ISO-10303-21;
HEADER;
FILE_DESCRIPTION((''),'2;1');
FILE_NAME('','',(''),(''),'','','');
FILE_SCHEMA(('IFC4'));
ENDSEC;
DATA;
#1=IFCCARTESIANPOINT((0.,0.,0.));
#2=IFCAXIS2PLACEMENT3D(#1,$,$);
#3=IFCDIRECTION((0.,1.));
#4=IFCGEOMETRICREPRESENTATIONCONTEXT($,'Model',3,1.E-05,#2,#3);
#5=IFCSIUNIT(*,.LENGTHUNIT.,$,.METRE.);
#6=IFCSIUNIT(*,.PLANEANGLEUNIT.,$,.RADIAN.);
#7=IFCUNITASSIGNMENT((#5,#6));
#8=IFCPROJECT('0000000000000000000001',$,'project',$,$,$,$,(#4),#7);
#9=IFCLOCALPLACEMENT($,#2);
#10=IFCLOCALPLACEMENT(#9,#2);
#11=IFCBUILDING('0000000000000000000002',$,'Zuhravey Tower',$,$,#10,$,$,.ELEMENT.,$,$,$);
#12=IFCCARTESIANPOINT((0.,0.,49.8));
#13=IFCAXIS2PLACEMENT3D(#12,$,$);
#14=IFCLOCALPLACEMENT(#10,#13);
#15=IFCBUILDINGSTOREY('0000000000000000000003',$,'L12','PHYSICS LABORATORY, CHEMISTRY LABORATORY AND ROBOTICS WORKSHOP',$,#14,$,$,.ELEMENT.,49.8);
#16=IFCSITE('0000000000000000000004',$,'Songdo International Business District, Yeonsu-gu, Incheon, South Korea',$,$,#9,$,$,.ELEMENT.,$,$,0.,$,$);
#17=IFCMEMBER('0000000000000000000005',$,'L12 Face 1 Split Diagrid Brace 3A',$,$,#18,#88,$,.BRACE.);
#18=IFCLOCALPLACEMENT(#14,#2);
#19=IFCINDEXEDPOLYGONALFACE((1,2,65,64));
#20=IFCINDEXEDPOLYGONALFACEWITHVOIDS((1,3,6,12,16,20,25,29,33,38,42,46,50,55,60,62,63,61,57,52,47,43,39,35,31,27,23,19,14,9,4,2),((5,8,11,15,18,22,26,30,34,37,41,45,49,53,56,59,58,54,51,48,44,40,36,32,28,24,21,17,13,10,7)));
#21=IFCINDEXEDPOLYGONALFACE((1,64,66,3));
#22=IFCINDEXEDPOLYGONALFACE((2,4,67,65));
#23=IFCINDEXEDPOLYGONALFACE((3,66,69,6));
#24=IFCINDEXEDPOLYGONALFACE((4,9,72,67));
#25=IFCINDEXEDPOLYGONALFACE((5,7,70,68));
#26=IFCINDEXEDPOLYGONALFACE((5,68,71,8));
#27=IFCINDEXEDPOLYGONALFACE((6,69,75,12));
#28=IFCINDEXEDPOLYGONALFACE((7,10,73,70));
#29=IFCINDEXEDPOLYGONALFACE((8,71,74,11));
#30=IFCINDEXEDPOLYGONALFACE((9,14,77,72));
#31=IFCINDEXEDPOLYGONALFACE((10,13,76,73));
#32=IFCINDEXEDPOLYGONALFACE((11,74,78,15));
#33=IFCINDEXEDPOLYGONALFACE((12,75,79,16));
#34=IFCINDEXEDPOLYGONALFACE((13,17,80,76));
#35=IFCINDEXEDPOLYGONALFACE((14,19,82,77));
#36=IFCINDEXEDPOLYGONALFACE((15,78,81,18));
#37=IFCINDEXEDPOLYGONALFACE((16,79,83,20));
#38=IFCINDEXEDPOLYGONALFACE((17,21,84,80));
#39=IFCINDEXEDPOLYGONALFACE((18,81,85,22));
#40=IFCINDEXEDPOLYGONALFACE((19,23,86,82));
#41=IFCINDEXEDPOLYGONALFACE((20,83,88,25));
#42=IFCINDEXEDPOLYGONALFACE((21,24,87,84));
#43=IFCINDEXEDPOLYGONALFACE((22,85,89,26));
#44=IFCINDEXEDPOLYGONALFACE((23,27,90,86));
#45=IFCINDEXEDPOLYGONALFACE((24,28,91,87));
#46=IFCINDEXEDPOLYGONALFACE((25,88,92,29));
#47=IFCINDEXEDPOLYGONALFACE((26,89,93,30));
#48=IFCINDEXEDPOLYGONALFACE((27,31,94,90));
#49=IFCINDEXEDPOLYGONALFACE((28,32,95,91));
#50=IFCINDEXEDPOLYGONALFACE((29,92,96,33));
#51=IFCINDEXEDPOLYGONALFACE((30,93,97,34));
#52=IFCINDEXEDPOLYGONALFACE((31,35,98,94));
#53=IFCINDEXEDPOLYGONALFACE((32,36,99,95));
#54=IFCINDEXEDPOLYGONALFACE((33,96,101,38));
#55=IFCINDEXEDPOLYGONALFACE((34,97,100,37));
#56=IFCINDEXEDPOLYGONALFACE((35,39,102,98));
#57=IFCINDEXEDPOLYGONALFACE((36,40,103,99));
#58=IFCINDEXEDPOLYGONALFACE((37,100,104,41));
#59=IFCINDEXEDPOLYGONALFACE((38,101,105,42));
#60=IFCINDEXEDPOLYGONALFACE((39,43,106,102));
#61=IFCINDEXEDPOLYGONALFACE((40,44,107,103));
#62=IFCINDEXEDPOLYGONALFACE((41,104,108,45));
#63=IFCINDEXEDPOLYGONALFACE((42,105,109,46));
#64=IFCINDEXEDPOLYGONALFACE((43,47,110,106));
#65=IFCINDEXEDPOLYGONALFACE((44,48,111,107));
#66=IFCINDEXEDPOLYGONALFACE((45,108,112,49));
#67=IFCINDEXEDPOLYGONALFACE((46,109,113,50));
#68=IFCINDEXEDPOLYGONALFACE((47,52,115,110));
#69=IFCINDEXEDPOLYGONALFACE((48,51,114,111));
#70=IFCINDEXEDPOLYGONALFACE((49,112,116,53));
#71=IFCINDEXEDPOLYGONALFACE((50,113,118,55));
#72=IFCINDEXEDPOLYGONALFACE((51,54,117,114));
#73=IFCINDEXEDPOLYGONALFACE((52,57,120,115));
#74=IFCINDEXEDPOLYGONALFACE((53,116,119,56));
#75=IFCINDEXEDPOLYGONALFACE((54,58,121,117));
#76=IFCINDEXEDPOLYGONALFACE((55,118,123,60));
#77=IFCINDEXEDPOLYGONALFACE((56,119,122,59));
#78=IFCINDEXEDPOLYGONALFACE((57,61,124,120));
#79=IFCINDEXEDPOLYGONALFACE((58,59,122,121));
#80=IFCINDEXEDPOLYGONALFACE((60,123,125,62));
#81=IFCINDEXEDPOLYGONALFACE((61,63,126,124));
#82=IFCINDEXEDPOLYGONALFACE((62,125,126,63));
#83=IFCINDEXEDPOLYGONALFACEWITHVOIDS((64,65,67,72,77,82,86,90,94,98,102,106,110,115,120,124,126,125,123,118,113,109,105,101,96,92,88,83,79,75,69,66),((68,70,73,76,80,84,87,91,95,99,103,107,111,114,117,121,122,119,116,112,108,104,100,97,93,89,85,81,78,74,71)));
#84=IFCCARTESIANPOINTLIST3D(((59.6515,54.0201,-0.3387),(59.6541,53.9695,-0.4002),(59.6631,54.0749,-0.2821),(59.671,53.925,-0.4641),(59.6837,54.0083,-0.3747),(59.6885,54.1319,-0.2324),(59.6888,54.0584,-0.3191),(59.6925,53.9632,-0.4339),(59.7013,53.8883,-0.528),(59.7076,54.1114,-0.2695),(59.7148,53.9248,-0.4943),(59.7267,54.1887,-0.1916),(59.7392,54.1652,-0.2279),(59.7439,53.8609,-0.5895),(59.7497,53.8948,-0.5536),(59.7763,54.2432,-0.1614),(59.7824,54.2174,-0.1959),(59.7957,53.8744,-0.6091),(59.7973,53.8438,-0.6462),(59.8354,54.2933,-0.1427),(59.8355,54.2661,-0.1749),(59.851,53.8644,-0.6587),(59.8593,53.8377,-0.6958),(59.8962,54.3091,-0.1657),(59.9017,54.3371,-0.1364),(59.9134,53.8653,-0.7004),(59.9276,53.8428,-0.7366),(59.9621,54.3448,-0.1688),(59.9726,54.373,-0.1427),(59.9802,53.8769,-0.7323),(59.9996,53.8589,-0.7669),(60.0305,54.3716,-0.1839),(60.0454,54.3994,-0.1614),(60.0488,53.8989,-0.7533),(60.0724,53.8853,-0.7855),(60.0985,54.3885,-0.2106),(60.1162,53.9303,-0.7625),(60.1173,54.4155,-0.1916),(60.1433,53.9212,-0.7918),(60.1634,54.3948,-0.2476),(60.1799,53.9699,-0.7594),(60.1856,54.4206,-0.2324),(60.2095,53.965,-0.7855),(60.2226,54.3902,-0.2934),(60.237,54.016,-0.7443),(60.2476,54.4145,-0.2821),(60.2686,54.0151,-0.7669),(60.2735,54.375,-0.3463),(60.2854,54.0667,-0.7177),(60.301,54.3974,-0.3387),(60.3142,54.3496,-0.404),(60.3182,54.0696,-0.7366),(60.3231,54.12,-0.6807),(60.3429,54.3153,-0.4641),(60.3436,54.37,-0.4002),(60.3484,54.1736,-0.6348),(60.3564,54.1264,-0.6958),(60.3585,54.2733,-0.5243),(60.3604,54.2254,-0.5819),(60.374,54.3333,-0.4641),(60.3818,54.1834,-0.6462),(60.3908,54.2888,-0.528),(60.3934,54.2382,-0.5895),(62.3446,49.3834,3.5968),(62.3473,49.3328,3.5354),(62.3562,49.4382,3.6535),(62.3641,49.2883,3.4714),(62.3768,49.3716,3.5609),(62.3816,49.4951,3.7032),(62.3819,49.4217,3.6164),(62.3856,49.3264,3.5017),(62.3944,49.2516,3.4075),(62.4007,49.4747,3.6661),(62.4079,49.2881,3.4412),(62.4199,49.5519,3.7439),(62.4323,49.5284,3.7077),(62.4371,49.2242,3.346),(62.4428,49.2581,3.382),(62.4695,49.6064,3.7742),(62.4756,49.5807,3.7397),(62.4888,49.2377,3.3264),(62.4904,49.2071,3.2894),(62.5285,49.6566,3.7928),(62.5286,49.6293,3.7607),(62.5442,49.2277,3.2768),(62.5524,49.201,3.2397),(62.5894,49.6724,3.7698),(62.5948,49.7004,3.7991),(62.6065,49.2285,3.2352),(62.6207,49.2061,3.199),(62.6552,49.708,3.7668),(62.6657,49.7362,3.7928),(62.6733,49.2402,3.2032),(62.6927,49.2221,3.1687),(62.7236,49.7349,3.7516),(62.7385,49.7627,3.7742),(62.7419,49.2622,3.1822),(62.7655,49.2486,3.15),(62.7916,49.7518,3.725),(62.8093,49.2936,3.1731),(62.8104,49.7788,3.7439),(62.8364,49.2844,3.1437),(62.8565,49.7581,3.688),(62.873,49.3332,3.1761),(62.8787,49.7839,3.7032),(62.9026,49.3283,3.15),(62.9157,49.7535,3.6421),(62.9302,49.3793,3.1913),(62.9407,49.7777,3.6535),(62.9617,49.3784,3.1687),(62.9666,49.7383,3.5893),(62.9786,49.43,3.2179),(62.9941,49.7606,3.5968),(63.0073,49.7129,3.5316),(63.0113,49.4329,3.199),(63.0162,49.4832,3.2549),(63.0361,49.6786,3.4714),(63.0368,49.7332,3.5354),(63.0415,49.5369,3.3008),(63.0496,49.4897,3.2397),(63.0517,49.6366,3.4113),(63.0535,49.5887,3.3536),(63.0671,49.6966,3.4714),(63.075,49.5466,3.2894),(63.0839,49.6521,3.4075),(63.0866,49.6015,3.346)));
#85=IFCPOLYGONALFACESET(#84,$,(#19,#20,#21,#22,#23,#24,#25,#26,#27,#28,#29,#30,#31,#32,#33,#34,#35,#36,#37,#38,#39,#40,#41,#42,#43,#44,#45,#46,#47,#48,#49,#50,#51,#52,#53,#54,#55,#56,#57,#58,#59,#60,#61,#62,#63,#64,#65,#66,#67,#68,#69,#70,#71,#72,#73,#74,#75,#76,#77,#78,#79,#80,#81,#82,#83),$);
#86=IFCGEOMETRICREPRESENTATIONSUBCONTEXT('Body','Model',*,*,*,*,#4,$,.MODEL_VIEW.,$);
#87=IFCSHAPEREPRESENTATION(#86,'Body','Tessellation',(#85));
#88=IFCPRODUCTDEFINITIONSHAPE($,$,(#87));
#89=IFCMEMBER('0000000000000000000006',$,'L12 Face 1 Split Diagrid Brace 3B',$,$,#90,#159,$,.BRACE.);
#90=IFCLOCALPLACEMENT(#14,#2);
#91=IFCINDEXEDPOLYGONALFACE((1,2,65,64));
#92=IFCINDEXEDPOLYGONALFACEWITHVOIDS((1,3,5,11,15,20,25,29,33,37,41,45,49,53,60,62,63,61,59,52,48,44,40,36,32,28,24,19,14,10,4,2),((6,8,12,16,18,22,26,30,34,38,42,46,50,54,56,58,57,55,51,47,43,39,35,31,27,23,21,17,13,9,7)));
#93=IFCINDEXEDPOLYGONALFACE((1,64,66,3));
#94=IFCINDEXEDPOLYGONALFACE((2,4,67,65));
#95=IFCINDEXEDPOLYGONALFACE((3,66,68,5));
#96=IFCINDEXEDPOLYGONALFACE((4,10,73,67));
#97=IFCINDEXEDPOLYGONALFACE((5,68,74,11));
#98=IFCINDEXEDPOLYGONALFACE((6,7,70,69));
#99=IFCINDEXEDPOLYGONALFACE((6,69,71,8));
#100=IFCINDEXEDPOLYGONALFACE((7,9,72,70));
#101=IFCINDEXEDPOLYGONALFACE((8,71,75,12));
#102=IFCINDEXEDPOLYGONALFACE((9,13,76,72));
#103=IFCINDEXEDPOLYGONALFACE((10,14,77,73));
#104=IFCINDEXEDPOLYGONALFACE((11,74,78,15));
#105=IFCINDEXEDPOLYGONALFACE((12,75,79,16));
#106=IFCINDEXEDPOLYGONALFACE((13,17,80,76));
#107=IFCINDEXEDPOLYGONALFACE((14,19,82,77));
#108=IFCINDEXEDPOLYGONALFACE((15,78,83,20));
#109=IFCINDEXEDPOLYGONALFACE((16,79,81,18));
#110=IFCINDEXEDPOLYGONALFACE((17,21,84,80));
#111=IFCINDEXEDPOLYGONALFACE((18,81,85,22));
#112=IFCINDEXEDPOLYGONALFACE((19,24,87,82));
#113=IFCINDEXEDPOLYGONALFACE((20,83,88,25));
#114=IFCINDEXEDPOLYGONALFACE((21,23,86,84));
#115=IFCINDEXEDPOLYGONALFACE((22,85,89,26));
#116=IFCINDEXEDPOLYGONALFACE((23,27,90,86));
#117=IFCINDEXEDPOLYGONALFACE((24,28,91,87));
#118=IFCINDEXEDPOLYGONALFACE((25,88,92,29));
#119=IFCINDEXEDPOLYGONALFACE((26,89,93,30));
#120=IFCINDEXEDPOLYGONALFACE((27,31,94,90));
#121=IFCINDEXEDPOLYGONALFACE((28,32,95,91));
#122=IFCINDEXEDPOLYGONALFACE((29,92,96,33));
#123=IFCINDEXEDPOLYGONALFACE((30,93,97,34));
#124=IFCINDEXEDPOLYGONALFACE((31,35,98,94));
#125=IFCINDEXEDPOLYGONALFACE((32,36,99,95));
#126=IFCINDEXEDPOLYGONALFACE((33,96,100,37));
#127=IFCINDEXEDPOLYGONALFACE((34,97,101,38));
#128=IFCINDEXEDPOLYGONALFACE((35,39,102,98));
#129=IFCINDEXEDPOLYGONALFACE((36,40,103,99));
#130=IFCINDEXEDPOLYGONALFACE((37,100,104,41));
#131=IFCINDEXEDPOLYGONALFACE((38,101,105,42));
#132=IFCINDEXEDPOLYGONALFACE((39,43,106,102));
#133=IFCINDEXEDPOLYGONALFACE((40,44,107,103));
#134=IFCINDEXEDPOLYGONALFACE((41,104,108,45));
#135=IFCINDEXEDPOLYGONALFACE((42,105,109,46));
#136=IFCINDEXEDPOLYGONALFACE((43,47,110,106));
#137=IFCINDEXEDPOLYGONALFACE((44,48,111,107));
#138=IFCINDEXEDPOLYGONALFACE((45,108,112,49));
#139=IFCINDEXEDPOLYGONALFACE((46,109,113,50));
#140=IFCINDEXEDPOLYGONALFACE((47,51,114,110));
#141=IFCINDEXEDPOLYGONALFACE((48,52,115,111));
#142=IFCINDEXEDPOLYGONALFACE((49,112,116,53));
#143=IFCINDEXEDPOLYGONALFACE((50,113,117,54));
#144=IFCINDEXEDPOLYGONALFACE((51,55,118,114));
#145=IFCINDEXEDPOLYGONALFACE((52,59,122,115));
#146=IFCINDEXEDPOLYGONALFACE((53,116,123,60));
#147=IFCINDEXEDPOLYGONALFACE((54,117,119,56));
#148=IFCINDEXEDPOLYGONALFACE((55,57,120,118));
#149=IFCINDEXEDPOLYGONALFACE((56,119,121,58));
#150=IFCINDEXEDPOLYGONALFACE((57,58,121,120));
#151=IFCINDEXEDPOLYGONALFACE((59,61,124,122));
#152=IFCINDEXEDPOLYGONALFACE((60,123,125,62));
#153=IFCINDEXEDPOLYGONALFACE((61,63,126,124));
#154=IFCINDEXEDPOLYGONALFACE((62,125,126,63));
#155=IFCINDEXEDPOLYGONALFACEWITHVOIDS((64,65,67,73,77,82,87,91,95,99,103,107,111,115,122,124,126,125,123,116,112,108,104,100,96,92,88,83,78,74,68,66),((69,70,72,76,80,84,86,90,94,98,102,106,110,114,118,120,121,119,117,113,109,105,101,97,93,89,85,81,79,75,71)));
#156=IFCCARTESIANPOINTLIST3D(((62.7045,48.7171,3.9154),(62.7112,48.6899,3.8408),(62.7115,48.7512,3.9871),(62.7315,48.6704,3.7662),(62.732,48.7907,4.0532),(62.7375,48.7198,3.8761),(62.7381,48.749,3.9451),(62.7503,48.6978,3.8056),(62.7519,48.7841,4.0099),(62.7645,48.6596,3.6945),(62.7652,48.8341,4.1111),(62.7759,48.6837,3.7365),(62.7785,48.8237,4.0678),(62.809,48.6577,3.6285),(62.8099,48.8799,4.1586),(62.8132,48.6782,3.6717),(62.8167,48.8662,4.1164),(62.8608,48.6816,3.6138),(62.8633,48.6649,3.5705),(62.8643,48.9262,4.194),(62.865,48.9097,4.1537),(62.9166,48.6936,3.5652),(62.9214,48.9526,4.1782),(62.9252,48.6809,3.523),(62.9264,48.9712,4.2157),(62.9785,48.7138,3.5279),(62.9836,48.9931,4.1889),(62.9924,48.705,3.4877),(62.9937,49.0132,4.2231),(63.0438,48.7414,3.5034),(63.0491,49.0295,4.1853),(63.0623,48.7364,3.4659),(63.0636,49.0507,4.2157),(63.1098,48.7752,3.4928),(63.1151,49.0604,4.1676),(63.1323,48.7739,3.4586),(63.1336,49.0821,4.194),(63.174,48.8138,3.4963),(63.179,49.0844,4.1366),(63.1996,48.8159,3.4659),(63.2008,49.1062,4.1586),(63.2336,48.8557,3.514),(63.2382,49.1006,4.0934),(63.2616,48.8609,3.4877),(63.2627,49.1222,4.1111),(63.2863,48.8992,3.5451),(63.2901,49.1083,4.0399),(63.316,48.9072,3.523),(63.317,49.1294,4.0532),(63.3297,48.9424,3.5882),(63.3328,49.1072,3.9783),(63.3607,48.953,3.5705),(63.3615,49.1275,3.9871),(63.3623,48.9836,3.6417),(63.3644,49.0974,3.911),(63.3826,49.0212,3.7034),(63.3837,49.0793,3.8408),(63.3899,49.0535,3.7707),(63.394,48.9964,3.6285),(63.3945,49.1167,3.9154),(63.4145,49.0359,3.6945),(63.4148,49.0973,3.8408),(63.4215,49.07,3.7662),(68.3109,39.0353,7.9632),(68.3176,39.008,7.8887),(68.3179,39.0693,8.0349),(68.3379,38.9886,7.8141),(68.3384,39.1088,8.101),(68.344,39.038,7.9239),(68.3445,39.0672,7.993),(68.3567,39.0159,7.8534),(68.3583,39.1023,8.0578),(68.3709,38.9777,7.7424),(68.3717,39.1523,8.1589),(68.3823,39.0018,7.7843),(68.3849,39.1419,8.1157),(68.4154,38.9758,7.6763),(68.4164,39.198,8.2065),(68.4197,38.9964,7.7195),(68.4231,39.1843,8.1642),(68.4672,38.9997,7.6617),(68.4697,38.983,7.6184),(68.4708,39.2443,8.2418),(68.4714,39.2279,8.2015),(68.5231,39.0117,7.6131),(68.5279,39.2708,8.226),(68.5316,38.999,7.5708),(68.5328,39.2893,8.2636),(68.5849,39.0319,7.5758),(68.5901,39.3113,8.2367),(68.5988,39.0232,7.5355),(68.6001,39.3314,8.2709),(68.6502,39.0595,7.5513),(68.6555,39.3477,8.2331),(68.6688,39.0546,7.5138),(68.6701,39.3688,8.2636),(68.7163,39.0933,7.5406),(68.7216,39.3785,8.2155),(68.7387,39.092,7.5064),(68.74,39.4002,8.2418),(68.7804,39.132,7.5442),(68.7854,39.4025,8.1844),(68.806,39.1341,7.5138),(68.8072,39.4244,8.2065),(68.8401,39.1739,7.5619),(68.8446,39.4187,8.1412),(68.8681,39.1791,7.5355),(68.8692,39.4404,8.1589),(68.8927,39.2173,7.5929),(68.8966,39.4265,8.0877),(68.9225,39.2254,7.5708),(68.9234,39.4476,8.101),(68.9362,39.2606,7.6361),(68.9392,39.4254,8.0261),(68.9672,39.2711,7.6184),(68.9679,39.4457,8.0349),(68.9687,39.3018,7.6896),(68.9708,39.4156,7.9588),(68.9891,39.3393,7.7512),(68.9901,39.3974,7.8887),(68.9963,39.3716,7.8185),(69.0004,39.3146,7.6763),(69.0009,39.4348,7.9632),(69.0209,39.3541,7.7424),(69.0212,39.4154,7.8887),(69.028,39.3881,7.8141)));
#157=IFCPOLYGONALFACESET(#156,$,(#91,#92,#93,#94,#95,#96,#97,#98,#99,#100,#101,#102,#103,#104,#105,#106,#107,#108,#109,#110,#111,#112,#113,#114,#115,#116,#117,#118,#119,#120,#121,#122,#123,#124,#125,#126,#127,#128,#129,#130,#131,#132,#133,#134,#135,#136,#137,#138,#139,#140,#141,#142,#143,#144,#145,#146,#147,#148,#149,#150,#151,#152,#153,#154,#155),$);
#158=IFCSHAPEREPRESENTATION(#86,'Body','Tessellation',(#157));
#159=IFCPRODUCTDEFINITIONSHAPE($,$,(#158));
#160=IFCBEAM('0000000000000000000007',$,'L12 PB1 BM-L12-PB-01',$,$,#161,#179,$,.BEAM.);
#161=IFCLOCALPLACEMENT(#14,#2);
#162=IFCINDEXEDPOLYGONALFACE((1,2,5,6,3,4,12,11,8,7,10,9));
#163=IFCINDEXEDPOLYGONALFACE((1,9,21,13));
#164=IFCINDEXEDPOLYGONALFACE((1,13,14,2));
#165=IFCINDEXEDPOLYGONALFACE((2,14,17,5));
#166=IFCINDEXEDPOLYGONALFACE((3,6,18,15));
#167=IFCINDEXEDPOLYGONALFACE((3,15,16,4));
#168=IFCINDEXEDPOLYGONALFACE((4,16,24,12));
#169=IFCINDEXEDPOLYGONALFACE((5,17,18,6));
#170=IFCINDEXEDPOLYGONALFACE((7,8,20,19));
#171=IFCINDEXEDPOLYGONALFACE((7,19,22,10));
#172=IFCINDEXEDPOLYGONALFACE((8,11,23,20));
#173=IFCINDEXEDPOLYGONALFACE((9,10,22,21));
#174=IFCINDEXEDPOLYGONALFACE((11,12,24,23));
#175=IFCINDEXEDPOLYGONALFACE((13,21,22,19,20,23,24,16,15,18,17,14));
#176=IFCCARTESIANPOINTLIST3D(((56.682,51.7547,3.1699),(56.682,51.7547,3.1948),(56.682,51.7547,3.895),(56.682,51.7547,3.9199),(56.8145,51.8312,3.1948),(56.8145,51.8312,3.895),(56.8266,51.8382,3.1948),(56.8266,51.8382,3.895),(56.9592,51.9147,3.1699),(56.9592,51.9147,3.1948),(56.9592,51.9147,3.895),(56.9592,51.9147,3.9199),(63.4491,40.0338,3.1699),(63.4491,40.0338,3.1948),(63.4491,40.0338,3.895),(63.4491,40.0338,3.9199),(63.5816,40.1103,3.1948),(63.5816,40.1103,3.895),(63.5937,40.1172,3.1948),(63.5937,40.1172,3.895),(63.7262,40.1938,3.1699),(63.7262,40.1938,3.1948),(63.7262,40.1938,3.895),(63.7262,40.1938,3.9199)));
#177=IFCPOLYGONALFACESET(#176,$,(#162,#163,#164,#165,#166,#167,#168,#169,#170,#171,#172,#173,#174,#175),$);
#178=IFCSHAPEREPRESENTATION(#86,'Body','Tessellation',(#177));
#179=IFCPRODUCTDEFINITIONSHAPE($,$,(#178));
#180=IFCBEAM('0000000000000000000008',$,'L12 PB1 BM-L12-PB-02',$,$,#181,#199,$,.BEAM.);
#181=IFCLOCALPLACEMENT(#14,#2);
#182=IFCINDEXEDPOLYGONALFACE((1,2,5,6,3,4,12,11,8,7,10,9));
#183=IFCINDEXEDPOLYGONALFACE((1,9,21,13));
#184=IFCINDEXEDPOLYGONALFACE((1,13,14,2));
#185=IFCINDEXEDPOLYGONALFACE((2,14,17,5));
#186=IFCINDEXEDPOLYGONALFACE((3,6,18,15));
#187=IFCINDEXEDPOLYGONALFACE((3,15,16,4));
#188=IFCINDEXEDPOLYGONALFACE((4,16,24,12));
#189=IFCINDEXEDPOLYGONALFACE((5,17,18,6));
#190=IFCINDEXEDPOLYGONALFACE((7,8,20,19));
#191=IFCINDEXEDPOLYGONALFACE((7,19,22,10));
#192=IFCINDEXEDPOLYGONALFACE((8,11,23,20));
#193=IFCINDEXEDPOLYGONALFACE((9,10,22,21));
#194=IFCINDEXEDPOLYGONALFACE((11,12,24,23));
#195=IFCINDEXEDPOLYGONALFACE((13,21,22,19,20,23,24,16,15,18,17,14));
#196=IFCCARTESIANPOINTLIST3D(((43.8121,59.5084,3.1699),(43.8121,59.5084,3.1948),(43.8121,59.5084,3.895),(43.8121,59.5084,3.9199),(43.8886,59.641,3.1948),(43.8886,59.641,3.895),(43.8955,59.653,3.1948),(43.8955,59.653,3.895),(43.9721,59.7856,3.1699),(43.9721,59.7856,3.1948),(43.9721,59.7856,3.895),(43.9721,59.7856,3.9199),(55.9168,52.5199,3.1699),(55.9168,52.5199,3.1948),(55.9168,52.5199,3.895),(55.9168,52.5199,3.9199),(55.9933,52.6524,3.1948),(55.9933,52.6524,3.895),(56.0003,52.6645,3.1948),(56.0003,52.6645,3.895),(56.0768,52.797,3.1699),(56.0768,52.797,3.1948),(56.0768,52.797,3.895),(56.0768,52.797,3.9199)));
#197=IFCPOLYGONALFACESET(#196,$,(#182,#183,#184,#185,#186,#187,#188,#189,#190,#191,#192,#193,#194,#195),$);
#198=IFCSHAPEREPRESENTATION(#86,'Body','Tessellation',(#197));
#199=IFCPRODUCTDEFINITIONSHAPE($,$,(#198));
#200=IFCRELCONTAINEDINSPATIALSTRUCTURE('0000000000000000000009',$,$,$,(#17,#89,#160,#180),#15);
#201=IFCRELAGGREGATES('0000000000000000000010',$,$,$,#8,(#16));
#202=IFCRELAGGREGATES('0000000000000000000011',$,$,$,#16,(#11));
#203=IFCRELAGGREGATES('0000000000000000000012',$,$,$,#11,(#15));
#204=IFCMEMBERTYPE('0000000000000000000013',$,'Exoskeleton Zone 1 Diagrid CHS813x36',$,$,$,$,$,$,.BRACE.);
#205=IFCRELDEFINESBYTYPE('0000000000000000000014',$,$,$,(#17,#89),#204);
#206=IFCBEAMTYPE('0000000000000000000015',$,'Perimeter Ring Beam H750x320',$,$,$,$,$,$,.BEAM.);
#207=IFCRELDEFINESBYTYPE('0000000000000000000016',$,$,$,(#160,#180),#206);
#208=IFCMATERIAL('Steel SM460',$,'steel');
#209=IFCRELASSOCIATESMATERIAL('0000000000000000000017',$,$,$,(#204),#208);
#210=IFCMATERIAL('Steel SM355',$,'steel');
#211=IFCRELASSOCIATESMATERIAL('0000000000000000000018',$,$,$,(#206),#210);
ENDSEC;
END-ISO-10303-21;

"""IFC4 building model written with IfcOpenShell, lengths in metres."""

from ifc_helpers import new_model, si_unit, direction, frame, origin, origin_2d, place, context, subcontext, project, spatial, hollow_circle, i_section, extrude, material, material_profile, profile_set, type_object, element, save


model = new_model("IFC4")

# Units and contexts
model_context = context("Model", 3, precision=1e-05, world=origin(), true_north=direction((0.0, 1.0)))
body_context = subcontext(model_context, "Body", "Model", "MODEL_VIEW")
ifc_project = project(units=[si_unit("LENGTHUNIT", "METRE"), si_unit("PLANEANGLEUNIT", "RADIAN")], contexts=[model_context])

# Site, building, storey
site_placement = place(None, origin())
site = spatial("IfcSite", under=ifc_project, at=site_placement, Name="Songdo International Business District, Yeonsu-gu, Incheon, South Korea", CompositionType="ELEMENT", RefElevation=0.0)
building_placement = place(site_placement, origin())
building = spatial("IfcBuilding", under=site, at=building_placement, Name="Zuhravey Tower", CompositionType="ELEMENT")
storey_placement = place(building_placement, frame((0.0, 0.0, 49.8)))
storey = spatial("IfcBuildingStorey", under=building, at=storey_placement, Name="L12", Description="PHYSICS LABORATORY, CHEMISTRY LABORATORY AND ROBOTICS WORKSHOP", CompositionType="ELEMENT", Elevation=49.8)

# Members
ifc_material_1 = material(Name="Steel SM355", Category="steel")
ifc_material_2 = material(Name="Steel SM460", Category="steel")
ifc_material_profile_1 = material_profile(ifc_material_2, hollow_circle(Radius=0.4065, WallThickness=0.0359, at=origin_2d()), Name="CHS-812.8x36")
ifc_profile_set_1 = profile_set([ifc_material_profile_1], Name="Steel SM460")
member_type_1 = type_object("IfcMemberType", Name="Exoskeleton Zone 1 Diagrid CHS813x36", PredefinedType="BRACE", material=ifc_profile_set_1)
member_1_placement = place(storey_placement, frame((60.0225, 54.1292, -0.4641), z_axis=(0.404897, -0.697109, 0.591691), x_axis=(0.864722, 0.502251, 0.0)))
element("IfcMember", 1, at=member_1_placement, inside=storey, type_object=member_type_1, Name="L12 Face 1 Split Diagrid Brace 3A", PredefinedType="BRACE", context=body_context, shape_type="SweptSolid", body=[
    extrude(hollow_circle(Radius=0.4065, WallThickness=0.0359, at=origin_2d()), origin(), (0.0, 0.0, 1.0), 6.6514),
])
member_2_placement = place(storey_placement, frame((63.063, 48.8936, 3.8408), z_axis=(0.471219, -0.813758, 0.34022), x_axis=(0.865382, 0.501113, 0.0)))
element("IfcMember", 2, at=member_2_placement, inside=storey, type_object=member_type_1, Name="L12 Face 1 Split Diagrid Brace 3B", PredefinedType="BRACE", context=body_context, shape_type="SweptSolid", body=[
    extrude(hollow_circle(Radius=0.4065, WallThickness=0.0359, at=origin_2d()), origin(), (0.0, 0.0, 1.0), 11.8977),
])

# Beams
ifc_material_profile_2 = material_profile(ifc_material_1, i_section(OverallWidth=0.3201, OverallDepth=0.75, WebThickness=0.0139, FlangeThickness=0.0249, at=origin_2d()), Name="H-750x320x14x25")
ifc_profile_set_2 = profile_set([ifc_material_profile_2], Name="Steel SM355")
beam_type_1 = type_object("IfcBeamType", Name="Perimeter Ring Beam H750x320", PredefinedType="BEAM", material=ifc_profile_set_2)
beam_1_placement = place(storey_placement, frame((63.5876, 40.1138, 3.5449), z_axis=(-0.5, 0.866025, 0.0), x_axis=(-0.866025, -0.5, 0.0)))
element("IfcBeam", 3, at=beam_1_placement, inside=storey, type_object=beam_type_1, Name="L12 PB1 BM-L12-PB-01", PredefinedType="BEAM", context=body_context, shape_type="SweptSolid", body=[
    extrude(i_section(OverallWidth=0.3201, OverallDepth=0.75, WebThickness=0.0139, FlangeThickness=0.0249, at=origin_2d()), origin(), (0.0, 0.0, 1.0), 13.5342),
])
beam_2_placement = place(storey_placement, frame((55.9968, 52.6584, 3.5449), z_axis=(-0.86603, 0.499992, 0.0), x_axis=(-0.499992, -0.86603, 0.0)))
element("IfcBeam", 4, at=beam_2_placement, inside=storey, type_object=beam_type_1, Name="L12 PB1 BM-L12-PB-02", PredefinedType="BEAM", context=body_context, shape_type="SweptSolid", body=[
    extrude(i_section(OverallWidth=0.3201, OverallDepth=0.75, WebThickness=0.0139, FlangeThickness=0.0249, at=origin_2d()), origin(), (0.0, 0.0, 1.0), 13.9773),
])

save(model, "model.ifc")
